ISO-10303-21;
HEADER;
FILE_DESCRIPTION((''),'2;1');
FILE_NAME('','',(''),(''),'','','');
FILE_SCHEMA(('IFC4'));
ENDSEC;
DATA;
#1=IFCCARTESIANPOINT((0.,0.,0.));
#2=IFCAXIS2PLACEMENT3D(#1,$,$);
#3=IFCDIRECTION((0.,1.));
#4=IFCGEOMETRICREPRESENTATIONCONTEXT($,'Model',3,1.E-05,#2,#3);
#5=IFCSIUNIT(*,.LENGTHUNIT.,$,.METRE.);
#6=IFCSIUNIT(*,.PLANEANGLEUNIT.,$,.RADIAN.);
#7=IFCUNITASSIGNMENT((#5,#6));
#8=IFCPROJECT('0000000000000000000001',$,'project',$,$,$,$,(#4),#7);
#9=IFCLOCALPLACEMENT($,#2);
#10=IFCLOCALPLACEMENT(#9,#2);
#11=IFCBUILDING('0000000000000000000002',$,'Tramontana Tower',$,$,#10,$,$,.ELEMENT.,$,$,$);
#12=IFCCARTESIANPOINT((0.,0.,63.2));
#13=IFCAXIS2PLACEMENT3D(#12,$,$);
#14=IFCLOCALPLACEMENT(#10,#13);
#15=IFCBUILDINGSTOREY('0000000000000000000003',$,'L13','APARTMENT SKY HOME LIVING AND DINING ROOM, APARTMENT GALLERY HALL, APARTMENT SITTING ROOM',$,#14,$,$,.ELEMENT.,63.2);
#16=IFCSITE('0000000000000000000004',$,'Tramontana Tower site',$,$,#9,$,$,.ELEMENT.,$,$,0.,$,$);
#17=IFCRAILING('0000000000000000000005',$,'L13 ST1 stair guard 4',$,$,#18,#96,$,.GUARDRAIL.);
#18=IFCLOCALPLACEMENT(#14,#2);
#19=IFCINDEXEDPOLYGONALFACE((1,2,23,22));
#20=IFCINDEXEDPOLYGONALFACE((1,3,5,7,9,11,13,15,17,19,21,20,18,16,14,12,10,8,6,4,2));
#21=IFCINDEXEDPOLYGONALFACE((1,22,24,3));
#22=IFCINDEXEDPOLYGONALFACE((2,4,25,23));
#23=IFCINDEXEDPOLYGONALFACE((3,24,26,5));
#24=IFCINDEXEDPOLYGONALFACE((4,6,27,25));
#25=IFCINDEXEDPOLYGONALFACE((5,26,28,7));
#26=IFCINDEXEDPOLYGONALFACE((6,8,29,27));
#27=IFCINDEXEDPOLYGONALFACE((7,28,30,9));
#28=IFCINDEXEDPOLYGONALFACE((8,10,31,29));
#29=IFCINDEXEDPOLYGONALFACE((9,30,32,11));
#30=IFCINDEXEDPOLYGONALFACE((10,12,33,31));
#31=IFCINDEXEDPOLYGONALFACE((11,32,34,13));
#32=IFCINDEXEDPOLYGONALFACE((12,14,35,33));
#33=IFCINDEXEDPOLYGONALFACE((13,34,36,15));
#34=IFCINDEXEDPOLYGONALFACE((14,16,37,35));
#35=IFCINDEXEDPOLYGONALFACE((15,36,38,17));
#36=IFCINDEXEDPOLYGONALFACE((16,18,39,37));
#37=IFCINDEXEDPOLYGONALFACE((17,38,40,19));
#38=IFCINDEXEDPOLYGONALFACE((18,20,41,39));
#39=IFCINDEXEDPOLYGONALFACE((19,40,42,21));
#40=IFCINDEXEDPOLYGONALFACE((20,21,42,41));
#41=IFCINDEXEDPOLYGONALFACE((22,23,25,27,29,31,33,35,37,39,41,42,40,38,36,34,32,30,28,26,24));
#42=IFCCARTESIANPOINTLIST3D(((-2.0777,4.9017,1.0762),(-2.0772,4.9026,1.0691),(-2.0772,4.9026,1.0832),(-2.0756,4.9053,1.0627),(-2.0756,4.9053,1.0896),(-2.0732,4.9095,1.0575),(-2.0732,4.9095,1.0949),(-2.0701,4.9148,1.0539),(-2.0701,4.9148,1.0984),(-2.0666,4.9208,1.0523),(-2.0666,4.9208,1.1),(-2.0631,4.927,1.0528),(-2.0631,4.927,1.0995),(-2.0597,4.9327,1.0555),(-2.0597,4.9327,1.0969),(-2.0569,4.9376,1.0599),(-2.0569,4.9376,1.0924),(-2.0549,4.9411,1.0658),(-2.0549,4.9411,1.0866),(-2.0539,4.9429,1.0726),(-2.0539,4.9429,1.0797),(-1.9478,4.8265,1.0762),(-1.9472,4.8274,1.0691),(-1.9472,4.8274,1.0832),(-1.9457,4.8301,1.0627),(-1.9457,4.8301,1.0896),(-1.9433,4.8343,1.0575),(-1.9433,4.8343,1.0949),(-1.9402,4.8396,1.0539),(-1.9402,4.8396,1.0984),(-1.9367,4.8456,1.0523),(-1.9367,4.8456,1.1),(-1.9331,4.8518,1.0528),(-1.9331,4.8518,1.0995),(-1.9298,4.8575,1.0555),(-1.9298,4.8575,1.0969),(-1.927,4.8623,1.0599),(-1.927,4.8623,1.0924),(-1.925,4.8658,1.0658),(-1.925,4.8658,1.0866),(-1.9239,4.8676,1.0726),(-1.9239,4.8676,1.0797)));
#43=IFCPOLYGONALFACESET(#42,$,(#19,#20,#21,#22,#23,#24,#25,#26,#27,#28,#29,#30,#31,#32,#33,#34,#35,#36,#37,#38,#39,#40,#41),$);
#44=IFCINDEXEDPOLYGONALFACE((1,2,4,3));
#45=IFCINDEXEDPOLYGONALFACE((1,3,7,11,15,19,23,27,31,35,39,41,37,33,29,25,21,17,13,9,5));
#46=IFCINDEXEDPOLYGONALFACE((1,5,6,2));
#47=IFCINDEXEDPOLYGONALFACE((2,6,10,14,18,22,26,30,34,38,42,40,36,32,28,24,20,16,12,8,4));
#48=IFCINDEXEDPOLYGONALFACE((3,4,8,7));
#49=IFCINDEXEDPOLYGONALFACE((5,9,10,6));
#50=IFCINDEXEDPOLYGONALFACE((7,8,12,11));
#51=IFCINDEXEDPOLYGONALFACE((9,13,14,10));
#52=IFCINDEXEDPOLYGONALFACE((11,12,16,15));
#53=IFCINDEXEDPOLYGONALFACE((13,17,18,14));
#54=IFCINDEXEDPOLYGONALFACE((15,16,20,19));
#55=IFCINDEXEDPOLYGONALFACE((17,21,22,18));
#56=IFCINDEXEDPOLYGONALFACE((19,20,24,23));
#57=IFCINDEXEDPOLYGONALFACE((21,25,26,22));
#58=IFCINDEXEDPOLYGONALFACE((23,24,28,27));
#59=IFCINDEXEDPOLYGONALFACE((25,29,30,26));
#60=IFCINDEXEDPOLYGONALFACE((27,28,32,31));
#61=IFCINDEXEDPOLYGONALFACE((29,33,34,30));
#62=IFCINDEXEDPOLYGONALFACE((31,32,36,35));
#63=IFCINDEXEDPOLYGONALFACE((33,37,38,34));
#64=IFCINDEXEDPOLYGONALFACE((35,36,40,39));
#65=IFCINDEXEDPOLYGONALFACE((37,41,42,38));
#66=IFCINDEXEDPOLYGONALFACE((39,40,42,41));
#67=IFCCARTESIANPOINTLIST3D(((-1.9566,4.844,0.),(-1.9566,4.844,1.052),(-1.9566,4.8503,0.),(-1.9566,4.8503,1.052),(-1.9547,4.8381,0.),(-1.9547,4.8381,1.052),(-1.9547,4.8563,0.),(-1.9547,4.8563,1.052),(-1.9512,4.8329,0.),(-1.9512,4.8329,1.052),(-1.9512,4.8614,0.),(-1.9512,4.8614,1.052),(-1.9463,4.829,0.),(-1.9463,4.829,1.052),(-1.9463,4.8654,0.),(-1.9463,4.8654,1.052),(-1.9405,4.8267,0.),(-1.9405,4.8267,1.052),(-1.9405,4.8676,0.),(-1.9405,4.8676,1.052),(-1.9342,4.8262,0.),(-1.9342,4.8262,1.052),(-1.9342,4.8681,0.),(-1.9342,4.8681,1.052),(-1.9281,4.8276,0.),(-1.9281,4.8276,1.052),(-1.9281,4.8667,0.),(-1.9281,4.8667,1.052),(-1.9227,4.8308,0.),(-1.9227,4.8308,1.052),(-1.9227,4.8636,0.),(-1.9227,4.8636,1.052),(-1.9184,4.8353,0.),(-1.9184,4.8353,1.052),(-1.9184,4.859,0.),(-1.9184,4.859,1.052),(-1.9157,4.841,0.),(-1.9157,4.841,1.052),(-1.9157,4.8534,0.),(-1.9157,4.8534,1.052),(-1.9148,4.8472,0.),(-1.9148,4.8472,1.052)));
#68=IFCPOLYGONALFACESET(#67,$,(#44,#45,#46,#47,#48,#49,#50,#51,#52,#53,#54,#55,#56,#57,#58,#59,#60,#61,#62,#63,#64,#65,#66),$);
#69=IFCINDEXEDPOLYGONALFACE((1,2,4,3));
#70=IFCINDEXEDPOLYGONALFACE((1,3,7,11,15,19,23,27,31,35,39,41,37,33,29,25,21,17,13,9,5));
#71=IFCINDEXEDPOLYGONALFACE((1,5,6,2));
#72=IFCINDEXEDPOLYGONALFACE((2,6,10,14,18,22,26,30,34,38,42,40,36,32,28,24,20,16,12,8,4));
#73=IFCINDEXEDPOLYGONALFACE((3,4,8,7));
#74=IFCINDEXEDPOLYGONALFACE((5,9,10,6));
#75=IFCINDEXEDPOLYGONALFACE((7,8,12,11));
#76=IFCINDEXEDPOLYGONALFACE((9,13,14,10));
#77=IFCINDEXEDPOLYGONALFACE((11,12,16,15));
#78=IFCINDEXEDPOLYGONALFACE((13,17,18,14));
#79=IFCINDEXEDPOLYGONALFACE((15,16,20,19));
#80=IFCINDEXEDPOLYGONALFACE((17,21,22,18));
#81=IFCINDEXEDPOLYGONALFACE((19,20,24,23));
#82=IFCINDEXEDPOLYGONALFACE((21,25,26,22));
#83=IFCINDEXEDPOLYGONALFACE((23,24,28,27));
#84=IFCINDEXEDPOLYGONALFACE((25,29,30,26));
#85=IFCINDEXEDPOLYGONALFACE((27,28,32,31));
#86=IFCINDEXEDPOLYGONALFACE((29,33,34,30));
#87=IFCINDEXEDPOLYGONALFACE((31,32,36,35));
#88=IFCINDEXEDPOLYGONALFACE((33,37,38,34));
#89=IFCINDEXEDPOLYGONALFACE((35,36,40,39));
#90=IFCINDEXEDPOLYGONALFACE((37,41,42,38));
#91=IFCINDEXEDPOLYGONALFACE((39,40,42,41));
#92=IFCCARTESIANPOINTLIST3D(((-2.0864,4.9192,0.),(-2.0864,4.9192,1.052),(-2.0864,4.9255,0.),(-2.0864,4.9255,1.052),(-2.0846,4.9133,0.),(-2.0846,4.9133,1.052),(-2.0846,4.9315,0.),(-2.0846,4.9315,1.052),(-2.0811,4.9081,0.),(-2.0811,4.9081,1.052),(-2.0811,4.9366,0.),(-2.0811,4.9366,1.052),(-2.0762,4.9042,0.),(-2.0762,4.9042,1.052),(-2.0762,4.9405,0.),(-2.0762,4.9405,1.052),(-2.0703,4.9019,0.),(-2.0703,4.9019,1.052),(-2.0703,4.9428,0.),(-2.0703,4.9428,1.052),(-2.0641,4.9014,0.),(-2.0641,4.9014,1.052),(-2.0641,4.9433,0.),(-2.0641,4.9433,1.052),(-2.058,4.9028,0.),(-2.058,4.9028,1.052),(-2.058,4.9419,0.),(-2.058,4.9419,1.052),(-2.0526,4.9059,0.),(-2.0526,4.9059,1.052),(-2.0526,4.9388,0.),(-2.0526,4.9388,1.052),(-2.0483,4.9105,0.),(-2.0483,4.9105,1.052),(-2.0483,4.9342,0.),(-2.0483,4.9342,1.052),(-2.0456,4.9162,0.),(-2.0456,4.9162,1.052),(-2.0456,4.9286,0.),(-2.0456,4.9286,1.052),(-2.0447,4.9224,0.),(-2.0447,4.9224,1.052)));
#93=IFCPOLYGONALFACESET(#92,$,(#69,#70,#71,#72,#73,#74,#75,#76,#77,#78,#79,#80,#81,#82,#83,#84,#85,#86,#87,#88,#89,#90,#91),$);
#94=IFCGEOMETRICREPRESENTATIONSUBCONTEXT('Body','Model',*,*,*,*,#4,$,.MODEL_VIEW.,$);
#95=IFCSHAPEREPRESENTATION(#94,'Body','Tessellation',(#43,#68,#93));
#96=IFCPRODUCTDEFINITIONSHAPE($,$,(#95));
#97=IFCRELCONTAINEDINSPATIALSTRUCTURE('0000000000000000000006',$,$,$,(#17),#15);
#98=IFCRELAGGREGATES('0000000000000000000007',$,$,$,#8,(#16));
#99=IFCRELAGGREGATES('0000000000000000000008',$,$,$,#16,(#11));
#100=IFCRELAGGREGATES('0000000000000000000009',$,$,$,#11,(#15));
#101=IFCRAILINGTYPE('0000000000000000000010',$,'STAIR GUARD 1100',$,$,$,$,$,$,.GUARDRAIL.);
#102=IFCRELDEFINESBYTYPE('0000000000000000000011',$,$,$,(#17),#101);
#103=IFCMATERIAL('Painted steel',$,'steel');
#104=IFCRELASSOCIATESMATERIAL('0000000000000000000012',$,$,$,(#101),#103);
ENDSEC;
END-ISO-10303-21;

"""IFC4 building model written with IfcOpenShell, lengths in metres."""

from ifc_helpers import new_model, si_unit, direction, frame, origin, origin_2d, place, context, subcontext, project, spatial, circle, extrude, material, type_object, element, save


model = new_model("IFC4")

# Units and contexts
model_context = context("Model", 3, precision=1e-05, world=origin(), true_north=direction((0.0, 1.0)))
body_context = subcontext(model_context, "Body", "Model", "MODEL_VIEW")
ifc_project = project(units=[si_unit("LENGTHUNIT", "METRE"), si_unit("PLANEANGLEUNIT", "RADIAN")], contexts=[model_context])

# Site, building, storey
site_placement = place(None, origin())
site = spatial("IfcSite", under=ifc_project, at=site_placement, Name="Tramontana Tower site", CompositionType="ELEMENT", RefElevation=0.0)
building_placement = place(site_placement, origin())
building = spatial("IfcBuilding", under=site, at=building_placement, Name="Tramontana Tower", CompositionType="ELEMENT")
storey_placement = place(building_placement, frame((0.0, 0.0, 63.2)))
storey = spatial("IfcBuildingStorey", under=building, at=storey_placement, Name="L13", Description="APARTMENT SKY HOME LIVING AND DINING ROOM, APARTMENT GALLERY HALL, APARTMENT SITTING ROOM", CompositionType="ELEMENT", Elevation=63.2)

# Railing
ifc_material_1 = material(Name="Painted steel", Category="steel")
railing_type_1 = type_object("IfcRailingType", Name="STAIR GUARD 1100", PredefinedType="GUARDRAIL", material=ifc_material_1)
railing_1_placement = place(storey_placement, frame((-1.9358, 4.8472, 0.0)))
element("IfcRailing", 1, at=railing_1_placement, inside=storey, type_object=railing_type_1, Name="L13 ST1 stair guard 4", PredefinedType="GUARDRAIL", context=body_context, shape_type="SweptSolid", body=[
    extrude(circle(Radius=0.0239, at=origin_2d()), frame((0.0, 0.0, 1.0762), z_axis=(-0.865426, 0.501036, 0.0), x_axis=(-0.501036, -0.865426, 0.0)), (0.0, 0.0, 1.0), 0.1501),
    extrude(circle(Radius=0.021, at=origin_2d()), origin(), (0.0, 0.0, 1.0), 1.052),
    extrude(circle(Radius=0.021, at=origin_2d()), frame((-0.1299, 0.0752, 0.0)), (0.0, 0.0, 1.0), 1.052),
])

save(model, "model.ifc")
